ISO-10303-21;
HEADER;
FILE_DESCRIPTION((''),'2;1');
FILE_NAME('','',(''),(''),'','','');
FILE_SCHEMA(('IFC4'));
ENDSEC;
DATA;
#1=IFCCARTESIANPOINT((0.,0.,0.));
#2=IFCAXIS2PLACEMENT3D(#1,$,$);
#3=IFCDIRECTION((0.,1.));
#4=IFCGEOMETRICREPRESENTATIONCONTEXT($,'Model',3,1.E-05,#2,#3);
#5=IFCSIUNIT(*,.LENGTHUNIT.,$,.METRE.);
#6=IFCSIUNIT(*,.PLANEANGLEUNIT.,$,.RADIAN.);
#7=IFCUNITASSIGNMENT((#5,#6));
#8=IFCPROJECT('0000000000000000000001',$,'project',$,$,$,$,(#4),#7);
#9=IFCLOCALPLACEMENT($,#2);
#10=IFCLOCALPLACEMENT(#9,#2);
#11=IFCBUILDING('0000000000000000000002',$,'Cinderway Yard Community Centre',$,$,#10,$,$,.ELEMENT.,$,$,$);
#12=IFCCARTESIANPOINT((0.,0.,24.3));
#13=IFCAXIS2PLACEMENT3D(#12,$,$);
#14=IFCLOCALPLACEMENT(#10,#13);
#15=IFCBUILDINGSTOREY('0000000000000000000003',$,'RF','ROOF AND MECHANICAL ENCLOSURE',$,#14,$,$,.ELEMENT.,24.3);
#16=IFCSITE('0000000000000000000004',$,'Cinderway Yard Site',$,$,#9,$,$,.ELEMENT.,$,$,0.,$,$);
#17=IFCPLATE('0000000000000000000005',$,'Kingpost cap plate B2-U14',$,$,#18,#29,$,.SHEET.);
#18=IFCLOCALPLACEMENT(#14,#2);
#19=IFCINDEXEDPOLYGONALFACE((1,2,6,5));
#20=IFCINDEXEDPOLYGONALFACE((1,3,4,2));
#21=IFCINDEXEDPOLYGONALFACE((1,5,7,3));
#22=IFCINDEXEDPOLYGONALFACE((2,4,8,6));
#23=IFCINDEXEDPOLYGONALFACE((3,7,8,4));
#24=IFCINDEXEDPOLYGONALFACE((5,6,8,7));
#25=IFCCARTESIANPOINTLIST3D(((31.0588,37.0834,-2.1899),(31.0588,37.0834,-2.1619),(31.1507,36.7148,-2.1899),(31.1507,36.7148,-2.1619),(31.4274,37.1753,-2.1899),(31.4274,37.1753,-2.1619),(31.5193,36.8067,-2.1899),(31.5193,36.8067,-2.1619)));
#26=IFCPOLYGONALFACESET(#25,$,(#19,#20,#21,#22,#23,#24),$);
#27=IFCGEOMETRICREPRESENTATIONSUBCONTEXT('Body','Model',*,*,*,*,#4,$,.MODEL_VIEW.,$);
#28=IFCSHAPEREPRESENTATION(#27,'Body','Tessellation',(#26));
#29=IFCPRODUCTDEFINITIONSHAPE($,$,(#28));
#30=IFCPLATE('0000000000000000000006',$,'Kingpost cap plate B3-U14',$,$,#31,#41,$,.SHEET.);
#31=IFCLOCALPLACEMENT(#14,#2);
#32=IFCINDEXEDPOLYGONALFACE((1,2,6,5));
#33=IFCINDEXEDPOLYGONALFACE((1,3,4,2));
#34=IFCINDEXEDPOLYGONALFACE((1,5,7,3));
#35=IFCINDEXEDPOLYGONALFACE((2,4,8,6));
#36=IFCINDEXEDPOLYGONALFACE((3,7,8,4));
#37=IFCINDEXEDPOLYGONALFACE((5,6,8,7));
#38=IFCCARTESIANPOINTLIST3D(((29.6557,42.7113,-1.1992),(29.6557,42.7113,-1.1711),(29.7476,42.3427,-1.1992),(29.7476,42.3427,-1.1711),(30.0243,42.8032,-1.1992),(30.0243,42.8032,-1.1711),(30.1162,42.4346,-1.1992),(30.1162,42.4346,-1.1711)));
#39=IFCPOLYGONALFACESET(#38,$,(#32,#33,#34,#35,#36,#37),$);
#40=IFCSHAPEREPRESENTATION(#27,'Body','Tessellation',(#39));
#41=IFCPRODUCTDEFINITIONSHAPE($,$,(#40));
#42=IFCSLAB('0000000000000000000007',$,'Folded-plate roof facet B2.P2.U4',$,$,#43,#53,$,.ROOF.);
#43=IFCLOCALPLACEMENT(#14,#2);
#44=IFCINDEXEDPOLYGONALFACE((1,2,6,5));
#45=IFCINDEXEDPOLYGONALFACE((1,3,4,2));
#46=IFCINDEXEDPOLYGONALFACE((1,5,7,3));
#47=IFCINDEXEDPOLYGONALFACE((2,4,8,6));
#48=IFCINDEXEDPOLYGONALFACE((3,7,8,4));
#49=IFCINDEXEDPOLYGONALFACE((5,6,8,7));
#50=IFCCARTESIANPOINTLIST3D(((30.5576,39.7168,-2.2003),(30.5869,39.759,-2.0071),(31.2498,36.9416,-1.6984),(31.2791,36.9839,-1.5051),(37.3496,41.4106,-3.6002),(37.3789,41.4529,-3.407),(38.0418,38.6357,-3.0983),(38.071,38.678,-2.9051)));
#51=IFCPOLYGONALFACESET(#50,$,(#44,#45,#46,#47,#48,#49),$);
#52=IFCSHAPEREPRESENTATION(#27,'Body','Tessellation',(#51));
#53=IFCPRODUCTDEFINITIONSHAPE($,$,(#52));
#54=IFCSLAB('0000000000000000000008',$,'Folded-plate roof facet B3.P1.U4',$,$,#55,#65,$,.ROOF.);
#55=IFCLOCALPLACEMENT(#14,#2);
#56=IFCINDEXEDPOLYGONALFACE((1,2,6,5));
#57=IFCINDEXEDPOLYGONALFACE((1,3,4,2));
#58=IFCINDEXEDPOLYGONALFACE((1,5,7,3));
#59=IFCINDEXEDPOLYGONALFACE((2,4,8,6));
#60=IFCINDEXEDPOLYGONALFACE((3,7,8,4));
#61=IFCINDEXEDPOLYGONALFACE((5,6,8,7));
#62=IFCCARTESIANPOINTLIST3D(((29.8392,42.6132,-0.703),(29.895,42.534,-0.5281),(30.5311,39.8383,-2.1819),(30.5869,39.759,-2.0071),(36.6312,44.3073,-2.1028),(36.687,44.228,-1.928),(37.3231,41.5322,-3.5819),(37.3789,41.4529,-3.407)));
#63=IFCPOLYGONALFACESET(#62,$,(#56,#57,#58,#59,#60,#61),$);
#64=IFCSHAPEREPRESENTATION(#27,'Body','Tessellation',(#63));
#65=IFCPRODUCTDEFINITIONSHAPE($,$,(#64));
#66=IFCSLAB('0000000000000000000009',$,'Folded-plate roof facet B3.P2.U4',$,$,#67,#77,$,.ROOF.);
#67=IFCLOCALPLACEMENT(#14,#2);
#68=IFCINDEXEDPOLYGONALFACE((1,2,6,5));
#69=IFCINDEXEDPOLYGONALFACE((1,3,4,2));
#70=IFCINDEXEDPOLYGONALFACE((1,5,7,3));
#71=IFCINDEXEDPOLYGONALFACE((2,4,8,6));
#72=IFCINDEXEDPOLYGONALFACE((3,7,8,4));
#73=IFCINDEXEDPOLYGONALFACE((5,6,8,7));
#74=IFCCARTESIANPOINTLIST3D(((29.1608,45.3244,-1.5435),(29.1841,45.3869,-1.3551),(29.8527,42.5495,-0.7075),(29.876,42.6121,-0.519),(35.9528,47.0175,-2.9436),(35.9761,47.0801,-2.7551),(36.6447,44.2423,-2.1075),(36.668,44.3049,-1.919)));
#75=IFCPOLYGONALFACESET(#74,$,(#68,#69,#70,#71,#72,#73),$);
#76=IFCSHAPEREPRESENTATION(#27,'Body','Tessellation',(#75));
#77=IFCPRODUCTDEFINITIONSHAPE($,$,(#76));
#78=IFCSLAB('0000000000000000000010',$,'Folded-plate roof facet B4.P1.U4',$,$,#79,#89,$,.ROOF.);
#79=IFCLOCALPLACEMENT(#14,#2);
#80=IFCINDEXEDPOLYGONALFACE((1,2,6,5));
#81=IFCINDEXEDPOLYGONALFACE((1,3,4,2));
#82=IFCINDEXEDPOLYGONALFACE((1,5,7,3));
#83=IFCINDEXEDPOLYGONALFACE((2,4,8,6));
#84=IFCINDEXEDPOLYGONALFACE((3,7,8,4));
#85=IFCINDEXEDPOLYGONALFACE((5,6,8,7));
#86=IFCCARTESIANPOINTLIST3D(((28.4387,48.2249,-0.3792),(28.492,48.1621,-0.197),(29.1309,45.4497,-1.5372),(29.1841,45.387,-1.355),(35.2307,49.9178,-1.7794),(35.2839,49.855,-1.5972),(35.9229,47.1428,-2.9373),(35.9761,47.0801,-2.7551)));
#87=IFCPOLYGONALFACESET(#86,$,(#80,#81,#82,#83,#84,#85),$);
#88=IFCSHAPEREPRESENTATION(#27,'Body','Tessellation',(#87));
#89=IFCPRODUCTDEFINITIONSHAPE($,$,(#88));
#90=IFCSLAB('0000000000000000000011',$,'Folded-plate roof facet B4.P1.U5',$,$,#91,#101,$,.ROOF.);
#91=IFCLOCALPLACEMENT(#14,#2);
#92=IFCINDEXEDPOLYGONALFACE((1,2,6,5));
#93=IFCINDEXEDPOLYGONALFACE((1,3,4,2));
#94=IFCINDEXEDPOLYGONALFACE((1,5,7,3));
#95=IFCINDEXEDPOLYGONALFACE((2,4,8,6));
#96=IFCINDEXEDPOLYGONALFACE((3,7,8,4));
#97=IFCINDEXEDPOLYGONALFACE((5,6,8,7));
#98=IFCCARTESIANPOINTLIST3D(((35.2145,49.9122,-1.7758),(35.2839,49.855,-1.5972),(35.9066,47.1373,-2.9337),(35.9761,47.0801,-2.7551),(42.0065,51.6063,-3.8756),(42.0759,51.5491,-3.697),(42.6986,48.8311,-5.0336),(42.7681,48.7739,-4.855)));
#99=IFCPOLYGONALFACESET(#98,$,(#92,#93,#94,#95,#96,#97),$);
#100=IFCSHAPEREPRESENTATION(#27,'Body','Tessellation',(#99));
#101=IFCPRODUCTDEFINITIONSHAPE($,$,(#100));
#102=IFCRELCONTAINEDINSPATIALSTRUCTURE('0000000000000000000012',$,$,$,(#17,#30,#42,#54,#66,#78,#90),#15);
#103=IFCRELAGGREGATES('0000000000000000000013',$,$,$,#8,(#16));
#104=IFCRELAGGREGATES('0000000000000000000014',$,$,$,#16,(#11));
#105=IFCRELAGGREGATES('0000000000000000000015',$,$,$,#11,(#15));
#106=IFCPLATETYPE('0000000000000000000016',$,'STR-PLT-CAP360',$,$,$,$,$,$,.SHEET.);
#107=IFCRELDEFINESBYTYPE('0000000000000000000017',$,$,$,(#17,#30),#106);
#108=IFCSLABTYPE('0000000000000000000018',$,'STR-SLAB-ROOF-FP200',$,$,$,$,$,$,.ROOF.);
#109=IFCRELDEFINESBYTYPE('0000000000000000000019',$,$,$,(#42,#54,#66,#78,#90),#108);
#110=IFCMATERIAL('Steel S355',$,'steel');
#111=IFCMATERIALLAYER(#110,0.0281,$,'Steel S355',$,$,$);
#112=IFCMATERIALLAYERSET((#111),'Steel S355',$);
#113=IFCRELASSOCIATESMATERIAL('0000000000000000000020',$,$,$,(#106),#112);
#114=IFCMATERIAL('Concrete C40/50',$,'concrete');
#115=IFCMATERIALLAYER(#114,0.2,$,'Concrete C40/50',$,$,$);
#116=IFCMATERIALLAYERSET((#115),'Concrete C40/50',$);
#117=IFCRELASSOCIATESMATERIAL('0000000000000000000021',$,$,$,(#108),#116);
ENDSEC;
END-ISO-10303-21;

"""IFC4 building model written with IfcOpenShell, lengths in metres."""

from ifc_helpers import new_model, si_unit, direction, frame, origin, origin_2d, place, context, subcontext, project, spatial, polyline, rectangle, outline, extrude, material, layer, layer_set, type_object, element, save


model = new_model("IFC4")

# Units and contexts
model_context = context("Model", 3, precision=1e-05, world=origin(), true_north=direction((0.0, 1.0)))
body_context = subcontext(model_context, "Body", "Model", "MODEL_VIEW")
ifc_project = project(units=[si_unit("LENGTHUNIT", "METRE"), si_unit("PLANEANGLEUNIT", "RADIAN")], contexts=[model_context])

# Site, building, storey
site_placement = place(None, origin())
site = spatial("IfcSite", under=ifc_project, at=site_placement, Name="Cinderway Yard Site", CompositionType="ELEMENT", RefElevation=0.0)
building_placement = place(site_placement, origin())
building = spatial("IfcBuilding", under=site, at=building_placement, Name="Cinderway Yard Community Centre", CompositionType="ELEMENT")
storey_placement = place(building_placement, frame((0.0, 0.0, 24.3)))
storey = spatial("IfcBuildingStorey", under=building, at=storey_placement, Name="RF", Description="ROOF AND MECHANICAL ENCLOSURE", CompositionType="ELEMENT", Elevation=24.3)

# Shared definitions
ifc_material_1 = material(Name="Concrete C40/50", Category="concrete")
ifc_material_2 = material(Name="Steel S355", Category="steel")

# Plates
ifc_layer_1 = layer(ifc_material_2, 0.0281, Name="Steel S355")
ifc_layer_set_1 = layer_set([ifc_layer_1], Name="Steel S355")
plate_type_1 = type_object("IfcPlateType", Name="STR-PLT-CAP360", PredefinedType="SHEET", material=ifc_layer_set_1)
for number, where, z_axis, x_axis, name in (
    (1, (31.2891, 36.9451, -2.1899), (0.0, 0.0, 1.0), (0.970296, 0.241922, 0.0), "Kingpost cap plate B2-U14"),
    (2, (29.886, 42.573, -1.1992), (0.0, 0.0, 1.0), (0.970296, 0.241922, 0.0), "Kingpost cap plate B3-U14"),
):
    element("IfcPlate", number, at=place(storey_placement, frame(where, z_axis=z_axis, x_axis=x_axis)), inside=storey, type_object=plate_type_1, Name=name, PredefinedType="SHEET", context=body_context, shape_type="SweptSolid", body=[
        extrude(rectangle(XDim=0.3799, YDim=0.3799, at=origin_2d()), origin(), (0.0, 0.0, 1.0), 0.0281),
    ])

# Slabs
ifc_layer_2 = layer(ifc_material_1, 0.2, Name="Concrete C40/50")
ifc_layer_set_2 = layer_set([ifc_layer_2], Name="Concrete C40/50")
slab_type = type_object("IfcSlabType", Name="STR-SLAB-ROOF-FP200", PredefinedType="ROOF", material=ifc_layer_set_2)
slab_1_placement = place(storey_placement, frame((31.2791, 36.9839, -1.5051), z_axis=(0.146473, 0.211333, 0.966377), x_axis=(0.951434, 0.237311, -0.196104)))
element("IfcSlab", 3, at=slab_1_placement, inside=storey, type_object=slab_type, Name="Folded-plate roof facet B2.P2.U4", PredefinedType="ROOF", context=body_context, shape_type="SweptSolid", body=[
    extrude(outline(polyline([(0.0, 0.0), (7.1387, 0.0), (7.2371, 2.902), (0.0985, 2.9022), (0.0, 0.0)])), origin(), (0.0, 0.0, -1.0), 0.2),
])
slab_2_placement = place(storey_placement, frame((30.5869, 39.759, -2.0071), z_axis=(0.279149, -0.396513, 0.874559), x_axis=(0.95144, 0.237282, -0.196108)))
element("IfcSlab", 4, at=slab_2_placement, inside=storey, type_object=slab_type, Name="Folded-plate roof facet B3.P1.U4", PredefinedType="ROOF", context=body_context, shape_type="SweptSolid", body=[
    extrude(outline(polyline([(0.0, 0.0), (7.1386, 0.0), (6.8488, 3.2068), (-0.2899, 3.2066), (0.0, 0.0)])), origin(), (0.0, 0.0, -1.0), 0.2),
])
slab_3_placement = place(storey_placement, frame((29.876, 42.6121, -0.519), z_axis=(0.116284, 0.312984, 0.942613), x_axis=(0.951472, 0.237147, -0.196119)))
element("IfcSlab", 5, at=slab_3_placement, inside=storey, type_object=slab_type, Name="Folded-plate roof facet B3.P2.U4", PredefinedType="ROOF", context=body_context, shape_type="SweptSolid", body=[
    extrude(outline(polyline([(0.0, 0.0), (7.1384, 0.0), (7.3022, 2.9753), (0.1637, 2.975), (0.0, 0.0)])), origin(), (0.0, 0.0, -1.0), 0.2),
])
slab_4_placement = place(storey_placement, frame((29.1841, 45.387, -1.355), z_axis=(0.266129, -0.313925, 0.911387), x_axis=(0.95146, 0.237179, -0.196135)))
element("IfcSlab", 6, at=slab_4_placement, inside=storey, type_object=slab_type, Name="Folded-plate roof facet B4.P1.U4", PredefinedType="ROOF", context=body_context, shape_type="SweptSolid", body=[
    extrude(outline(polyline([(0.0, 0.0), (7.1385, 0.0), (6.911, 3.0771), (-0.2275, 3.0773), (0.0, 0.0)])), origin(), (0.0, 0.0, -1.0), 0.2),
])
slab_5_placement = place(storey_placement, frame((35.9761, 47.0801, -2.7551), z_axis=(0.347423, -0.28599, 0.893032), x_axis=(0.929365, 0.231775, -0.287333)))
element("IfcSlab", 7, at=slab_5_placement, inside=storey, type_object=slab_type, Name="Folded-plate roof facet B4.P1.U5", PredefinedType="ROOF", context=body_context, shape_type="SweptSolid", body=[
    extrude(outline(polyline([(0.0, 0.0), (7.3082, 0.0), (6.9754, 3.0677), (-0.3328, 3.0674), (0.0, 0.0)])), origin(), (0.0, 0.0, -1.0), 0.2),
])

save(model, "model.ifc")
